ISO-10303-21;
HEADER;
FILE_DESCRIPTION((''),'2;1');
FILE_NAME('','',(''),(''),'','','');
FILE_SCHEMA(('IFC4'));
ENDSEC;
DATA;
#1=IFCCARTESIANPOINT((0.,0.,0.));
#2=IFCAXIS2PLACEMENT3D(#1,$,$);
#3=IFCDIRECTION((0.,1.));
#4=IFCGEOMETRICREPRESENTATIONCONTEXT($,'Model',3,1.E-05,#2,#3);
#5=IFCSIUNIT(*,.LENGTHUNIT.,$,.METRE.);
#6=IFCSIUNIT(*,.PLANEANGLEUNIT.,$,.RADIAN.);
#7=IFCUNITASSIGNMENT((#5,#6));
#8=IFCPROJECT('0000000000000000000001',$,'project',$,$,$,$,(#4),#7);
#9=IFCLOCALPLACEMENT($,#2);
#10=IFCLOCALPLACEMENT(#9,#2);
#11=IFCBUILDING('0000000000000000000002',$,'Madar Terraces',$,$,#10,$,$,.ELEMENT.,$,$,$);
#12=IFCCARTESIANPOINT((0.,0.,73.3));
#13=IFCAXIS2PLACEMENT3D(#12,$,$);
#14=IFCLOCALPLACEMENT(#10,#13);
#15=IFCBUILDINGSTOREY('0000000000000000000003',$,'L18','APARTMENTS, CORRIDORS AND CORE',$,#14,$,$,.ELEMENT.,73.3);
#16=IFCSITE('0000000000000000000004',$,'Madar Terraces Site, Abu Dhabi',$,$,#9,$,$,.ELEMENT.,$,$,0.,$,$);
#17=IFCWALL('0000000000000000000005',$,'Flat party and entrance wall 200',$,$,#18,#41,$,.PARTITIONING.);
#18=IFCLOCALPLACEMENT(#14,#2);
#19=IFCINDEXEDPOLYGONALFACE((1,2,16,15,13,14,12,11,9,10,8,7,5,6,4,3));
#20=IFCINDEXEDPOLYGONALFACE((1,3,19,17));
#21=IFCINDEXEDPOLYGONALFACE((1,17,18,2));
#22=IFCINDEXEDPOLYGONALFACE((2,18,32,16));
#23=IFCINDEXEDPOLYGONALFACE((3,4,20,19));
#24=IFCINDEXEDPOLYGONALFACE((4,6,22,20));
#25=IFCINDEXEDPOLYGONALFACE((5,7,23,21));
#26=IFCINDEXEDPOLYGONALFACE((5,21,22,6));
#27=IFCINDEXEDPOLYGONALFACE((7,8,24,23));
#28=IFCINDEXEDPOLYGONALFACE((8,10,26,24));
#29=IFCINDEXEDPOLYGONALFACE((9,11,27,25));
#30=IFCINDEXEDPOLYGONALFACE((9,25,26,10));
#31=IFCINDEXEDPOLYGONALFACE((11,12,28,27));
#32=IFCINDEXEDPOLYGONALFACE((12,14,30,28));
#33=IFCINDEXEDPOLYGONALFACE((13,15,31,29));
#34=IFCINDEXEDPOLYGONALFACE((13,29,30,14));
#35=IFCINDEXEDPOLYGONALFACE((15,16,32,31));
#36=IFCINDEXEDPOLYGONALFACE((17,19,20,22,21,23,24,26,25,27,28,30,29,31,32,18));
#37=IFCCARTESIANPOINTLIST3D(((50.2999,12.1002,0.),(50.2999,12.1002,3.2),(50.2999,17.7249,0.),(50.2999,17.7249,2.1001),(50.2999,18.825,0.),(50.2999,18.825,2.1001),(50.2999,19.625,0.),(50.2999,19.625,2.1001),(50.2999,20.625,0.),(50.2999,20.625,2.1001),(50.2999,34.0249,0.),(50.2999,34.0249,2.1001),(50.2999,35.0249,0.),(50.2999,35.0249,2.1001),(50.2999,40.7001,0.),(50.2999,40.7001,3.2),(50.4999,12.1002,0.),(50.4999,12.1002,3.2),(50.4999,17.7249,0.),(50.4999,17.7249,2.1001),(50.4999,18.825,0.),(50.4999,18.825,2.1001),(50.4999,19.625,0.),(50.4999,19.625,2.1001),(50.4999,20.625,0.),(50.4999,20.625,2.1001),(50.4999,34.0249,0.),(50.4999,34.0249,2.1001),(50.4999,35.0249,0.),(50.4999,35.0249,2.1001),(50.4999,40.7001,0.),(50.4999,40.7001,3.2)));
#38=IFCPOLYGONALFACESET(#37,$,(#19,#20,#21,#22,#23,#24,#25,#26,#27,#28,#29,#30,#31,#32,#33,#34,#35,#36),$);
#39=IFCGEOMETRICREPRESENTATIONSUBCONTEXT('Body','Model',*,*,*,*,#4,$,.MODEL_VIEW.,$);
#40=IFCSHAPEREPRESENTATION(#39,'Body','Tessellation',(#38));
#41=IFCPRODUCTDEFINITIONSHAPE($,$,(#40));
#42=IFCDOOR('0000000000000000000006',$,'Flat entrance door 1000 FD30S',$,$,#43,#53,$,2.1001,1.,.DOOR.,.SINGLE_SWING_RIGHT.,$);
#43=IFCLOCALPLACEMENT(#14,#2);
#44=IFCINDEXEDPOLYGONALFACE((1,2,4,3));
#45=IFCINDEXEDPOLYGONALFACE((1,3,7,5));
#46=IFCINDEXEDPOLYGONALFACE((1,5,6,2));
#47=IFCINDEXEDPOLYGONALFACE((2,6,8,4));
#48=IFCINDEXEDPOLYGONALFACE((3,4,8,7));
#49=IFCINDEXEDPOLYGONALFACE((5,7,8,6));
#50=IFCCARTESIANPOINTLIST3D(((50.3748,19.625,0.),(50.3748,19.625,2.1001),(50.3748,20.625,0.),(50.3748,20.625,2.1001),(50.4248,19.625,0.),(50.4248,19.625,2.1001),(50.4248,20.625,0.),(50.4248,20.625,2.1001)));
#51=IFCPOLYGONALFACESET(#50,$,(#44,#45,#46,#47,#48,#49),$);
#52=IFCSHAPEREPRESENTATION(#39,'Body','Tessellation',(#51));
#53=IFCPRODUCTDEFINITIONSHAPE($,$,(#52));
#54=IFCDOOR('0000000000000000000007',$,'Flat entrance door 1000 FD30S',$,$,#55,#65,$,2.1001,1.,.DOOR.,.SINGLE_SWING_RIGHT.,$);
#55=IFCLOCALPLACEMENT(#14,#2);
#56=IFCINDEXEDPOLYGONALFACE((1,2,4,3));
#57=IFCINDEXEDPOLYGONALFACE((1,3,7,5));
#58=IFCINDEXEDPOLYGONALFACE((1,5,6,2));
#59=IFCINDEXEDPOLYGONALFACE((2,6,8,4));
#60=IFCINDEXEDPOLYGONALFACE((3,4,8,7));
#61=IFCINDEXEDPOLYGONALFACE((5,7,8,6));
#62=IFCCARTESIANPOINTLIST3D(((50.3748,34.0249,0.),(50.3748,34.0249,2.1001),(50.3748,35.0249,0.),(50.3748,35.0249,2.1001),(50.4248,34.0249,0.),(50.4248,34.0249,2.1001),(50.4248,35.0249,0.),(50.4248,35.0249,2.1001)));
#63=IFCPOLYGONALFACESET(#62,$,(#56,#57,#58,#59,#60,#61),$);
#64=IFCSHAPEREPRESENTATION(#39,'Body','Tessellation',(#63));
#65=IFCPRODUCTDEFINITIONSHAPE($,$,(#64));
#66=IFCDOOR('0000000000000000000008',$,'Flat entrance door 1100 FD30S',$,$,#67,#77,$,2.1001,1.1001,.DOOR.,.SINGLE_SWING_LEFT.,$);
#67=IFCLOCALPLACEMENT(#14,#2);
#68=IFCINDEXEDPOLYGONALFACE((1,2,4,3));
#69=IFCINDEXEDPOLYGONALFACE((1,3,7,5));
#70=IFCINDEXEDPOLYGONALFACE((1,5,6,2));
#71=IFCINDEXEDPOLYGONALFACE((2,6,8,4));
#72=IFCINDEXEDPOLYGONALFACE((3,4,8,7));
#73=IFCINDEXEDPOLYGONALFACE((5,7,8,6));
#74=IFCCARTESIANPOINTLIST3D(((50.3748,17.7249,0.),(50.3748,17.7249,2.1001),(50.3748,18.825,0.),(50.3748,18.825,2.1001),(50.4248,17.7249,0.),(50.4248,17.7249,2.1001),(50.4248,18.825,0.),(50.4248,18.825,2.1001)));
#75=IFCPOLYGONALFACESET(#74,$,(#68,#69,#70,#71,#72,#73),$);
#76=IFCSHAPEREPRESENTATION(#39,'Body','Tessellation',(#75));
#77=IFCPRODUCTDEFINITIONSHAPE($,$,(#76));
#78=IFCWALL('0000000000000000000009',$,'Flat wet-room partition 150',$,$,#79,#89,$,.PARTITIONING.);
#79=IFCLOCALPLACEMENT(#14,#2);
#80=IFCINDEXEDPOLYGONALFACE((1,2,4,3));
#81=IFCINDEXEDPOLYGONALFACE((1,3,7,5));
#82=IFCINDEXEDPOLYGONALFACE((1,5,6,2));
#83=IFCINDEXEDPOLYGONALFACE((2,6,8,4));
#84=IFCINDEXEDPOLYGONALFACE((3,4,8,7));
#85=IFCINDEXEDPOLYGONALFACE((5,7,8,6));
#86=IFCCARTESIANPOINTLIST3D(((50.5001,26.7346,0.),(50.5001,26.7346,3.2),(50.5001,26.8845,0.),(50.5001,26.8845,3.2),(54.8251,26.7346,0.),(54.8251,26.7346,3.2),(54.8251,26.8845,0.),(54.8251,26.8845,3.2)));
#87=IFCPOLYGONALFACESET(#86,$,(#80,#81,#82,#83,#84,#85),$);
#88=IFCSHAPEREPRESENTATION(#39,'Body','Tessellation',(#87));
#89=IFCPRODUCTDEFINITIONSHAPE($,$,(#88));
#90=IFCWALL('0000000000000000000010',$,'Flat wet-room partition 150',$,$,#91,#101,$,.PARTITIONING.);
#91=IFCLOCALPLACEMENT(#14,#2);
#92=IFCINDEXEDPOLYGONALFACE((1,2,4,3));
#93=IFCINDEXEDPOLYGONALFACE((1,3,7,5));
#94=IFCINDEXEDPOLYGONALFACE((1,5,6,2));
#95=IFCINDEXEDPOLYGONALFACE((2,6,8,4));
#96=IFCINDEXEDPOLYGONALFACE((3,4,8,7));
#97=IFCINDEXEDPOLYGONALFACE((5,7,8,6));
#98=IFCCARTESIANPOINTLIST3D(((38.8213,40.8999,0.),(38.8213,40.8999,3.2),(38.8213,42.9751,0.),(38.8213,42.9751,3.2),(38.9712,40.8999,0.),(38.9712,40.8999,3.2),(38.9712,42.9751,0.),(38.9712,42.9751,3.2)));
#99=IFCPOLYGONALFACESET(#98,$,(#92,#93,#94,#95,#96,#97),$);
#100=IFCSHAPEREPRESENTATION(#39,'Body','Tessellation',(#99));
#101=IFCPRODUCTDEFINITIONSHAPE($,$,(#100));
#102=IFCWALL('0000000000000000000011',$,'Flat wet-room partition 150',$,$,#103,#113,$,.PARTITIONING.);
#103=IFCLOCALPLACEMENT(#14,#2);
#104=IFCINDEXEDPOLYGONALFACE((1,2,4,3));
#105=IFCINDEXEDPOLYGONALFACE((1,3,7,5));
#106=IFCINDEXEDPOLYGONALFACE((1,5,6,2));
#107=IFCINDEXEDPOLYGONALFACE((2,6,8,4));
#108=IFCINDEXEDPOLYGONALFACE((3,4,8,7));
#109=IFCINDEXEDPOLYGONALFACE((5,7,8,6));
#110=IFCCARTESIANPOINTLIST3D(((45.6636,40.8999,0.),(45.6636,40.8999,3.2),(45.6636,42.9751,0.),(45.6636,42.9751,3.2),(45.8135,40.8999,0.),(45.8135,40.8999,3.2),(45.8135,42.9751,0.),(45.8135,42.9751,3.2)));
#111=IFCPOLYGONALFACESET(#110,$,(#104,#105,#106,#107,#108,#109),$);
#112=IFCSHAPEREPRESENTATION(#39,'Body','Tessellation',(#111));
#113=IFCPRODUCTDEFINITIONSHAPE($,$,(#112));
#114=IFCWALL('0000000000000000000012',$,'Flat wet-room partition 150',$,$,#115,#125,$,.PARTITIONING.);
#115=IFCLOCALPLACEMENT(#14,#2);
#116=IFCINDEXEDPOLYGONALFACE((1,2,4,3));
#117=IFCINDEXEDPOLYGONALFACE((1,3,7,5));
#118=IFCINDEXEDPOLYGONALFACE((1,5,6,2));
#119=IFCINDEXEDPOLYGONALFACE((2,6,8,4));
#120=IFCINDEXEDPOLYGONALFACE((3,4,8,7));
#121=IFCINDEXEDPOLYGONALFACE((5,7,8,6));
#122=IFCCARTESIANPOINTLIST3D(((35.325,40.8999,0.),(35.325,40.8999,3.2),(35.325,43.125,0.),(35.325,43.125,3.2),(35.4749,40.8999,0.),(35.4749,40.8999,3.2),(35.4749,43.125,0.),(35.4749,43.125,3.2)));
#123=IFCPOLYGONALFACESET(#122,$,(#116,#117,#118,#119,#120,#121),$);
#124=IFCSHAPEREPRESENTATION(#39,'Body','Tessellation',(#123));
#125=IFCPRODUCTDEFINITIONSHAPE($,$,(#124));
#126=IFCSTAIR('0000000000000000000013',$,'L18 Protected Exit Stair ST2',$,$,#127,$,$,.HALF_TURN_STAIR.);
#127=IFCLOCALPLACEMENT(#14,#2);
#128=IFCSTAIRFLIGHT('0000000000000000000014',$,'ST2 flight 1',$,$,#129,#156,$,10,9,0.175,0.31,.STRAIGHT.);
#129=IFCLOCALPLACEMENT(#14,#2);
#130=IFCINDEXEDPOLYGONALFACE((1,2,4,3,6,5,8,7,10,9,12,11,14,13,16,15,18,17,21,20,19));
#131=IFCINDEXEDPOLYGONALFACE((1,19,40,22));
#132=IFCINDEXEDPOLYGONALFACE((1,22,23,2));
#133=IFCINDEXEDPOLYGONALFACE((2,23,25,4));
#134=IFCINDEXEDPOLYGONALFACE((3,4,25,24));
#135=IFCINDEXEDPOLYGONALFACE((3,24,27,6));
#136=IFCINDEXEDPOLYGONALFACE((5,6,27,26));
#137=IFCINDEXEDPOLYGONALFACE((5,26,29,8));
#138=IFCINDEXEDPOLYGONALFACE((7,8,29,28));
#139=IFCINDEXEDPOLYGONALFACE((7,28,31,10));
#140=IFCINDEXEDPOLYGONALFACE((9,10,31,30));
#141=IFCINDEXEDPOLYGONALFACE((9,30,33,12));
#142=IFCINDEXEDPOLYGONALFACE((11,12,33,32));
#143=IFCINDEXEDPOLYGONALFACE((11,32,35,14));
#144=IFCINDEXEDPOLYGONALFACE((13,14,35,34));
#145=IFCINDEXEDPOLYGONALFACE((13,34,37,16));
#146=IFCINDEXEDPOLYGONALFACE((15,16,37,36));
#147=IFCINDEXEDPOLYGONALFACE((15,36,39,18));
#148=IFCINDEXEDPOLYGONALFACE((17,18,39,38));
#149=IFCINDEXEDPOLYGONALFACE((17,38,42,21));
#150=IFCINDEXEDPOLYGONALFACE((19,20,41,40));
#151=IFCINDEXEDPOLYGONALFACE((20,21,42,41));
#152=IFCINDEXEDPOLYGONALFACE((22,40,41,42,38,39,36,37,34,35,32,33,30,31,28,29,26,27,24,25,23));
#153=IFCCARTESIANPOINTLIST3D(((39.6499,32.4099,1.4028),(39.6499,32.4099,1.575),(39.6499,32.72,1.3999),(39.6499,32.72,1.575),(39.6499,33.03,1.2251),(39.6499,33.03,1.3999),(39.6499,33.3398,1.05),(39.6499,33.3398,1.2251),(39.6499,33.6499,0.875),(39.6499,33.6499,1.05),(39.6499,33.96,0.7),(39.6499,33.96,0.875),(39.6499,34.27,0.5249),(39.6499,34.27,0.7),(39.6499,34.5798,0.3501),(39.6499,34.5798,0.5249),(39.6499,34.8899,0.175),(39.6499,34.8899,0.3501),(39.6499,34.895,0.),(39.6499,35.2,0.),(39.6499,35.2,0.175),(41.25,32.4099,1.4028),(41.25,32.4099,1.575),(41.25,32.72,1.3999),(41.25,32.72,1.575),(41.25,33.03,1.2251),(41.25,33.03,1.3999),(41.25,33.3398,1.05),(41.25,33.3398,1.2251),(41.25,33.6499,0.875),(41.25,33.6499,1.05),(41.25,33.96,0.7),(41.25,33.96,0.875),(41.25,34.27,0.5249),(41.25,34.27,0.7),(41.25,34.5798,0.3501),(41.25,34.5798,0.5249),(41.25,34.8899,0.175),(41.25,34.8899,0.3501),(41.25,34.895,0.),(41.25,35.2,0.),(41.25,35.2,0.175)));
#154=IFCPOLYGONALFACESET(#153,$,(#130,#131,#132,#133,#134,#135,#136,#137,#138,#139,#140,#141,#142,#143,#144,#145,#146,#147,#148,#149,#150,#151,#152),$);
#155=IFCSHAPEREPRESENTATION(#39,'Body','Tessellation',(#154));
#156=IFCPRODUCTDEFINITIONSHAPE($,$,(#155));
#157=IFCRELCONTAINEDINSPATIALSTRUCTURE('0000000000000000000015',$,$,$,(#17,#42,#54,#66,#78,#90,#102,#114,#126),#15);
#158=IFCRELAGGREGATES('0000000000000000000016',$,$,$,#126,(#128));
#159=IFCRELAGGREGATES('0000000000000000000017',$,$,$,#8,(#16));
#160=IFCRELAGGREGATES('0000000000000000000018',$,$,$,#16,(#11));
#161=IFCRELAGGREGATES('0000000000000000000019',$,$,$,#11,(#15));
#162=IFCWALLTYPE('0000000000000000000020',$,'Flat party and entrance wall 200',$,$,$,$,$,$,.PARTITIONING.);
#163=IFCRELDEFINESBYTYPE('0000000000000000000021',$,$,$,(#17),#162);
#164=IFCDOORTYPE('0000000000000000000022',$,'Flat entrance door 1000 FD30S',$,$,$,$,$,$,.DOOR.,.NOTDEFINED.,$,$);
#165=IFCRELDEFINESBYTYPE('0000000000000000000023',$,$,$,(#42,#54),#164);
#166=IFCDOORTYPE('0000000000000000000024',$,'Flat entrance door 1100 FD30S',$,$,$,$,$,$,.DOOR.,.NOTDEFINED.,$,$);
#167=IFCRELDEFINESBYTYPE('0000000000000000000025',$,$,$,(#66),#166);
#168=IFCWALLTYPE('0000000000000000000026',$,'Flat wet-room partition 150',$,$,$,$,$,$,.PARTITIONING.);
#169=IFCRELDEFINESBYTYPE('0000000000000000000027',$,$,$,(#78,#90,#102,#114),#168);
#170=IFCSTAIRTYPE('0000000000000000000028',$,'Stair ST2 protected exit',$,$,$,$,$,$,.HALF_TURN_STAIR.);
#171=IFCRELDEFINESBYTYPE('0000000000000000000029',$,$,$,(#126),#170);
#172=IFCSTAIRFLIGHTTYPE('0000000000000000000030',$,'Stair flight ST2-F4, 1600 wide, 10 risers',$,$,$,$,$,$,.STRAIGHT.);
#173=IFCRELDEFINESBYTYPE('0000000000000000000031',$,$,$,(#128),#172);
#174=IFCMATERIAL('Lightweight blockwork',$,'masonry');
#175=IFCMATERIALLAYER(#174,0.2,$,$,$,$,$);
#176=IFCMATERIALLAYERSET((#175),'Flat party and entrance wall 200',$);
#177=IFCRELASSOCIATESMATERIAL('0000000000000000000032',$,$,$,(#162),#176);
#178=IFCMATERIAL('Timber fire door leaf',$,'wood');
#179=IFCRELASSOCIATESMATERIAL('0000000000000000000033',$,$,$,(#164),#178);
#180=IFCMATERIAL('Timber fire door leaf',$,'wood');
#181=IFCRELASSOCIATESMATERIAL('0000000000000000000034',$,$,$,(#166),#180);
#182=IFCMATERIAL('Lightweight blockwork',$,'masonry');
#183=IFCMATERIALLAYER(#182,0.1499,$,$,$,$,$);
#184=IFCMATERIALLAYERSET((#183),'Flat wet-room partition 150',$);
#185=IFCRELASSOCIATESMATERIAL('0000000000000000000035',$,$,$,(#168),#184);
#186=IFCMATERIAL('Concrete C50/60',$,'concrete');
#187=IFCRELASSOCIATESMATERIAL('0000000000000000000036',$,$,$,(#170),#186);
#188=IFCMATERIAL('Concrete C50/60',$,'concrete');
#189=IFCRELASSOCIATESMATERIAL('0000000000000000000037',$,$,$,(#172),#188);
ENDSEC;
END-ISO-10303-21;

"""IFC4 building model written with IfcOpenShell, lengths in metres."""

from ifc_helpers import new_model, si_unit, direction, frame, frame_2d, origin, place, context, subcontext, project, spatial, polyline, rectangle, outline, extrude, material, layer, layer_set, type_object, element, fill, aggregate, save


model = new_model("IFC4")

# Units and contexts
model_context = context("Model", 3, precision=1e-05, world=origin(), true_north=direction((0.0, 1.0)))
body_context = subcontext(model_context, "Body", "Model", "MODEL_VIEW")
ifc_project = project(units=[si_unit("LENGTHUNIT", "METRE"), si_unit("PLANEANGLEUNIT", "RADIAN")], contexts=[model_context])

# Site, building, storey
site_placement = place(None, origin())
site = spatial("IfcSite", under=ifc_project, at=site_placement, Name="Madar Terraces Site, Abu Dhabi", CompositionType="ELEMENT", RefElevation=0.0)
building_placement = place(site_placement, origin())
building = spatial("IfcBuilding", under=site, at=building_placement, Name="Madar Terraces", CompositionType="ELEMENT")
storey_placement = place(building_placement, frame((0.0, 0.0, 73.3)))
storey = spatial("IfcBuildingStorey", under=building, at=storey_placement, Name="L18", Description="APARTMENTS, CORRIDORS AND CORE", CompositionType="ELEMENT", Elevation=73.3)

# Wall, openings, doors
ifc_material_1 = material(Name="Lightweight blockwork", Category="masonry")
ifc_layer_1 = layer(ifc_material_1, 0.2)
ifc_layer_set_1 = layer_set([ifc_layer_1], Name="Flat party and entrance wall 200")
wall_type_1 = type_object("IfcWallType", Name="Flat party and entrance wall 200", PredefinedType="PARTITIONING", material=ifc_layer_set_1)
wall_1_placement = place(storey_placement, frame((50.3999, 40.7, 0.0), z_axis=(0.0, 0.0, 1.0), x_axis=(0.0, -1.0, 0.0)))
wall_1 = element("IfcWall", 1, at=wall_1_placement, inside=storey, type_object=wall_type_1, Name="Flat party and entrance wall 200", PredefinedType="PARTITIONING", context=body_context, shape_type="SweptSolid", body=[
    extrude(rectangle(XDim=28.5999, YDim=0.2, at=frame_2d((14.2998, 0.0))), origin(), (0.0, 0.0, 1.0), 3.2),
])
opening_1_placement = place(wall_1_placement, frame((21.875, 0.0, 0.0)))
opening_1 = element("IfcOpeningElement", 2, at=opening_1_placement, cuts=wall_1, PredefinedType="OPENING", context=body_context, shape_type="SweptSolid", body=[
    extrude(rectangle(XDim=1.1001, YDim=2.1001, at=frame_2d((0.55, 1.05))), frame((0.0, 0.1099, 0.0), z_axis=(0.0, -1.0, 0.0), x_axis=(1.0, 0.0, 0.0)), (0.0, 0.0, 1.0), 0.22),
])
opening_2_placement = place(wall_1_placement, frame((20.075, 0.0, 0.0)))
opening_2 = element("IfcOpeningElement", 3, at=opening_2_placement, cuts=wall_1, PredefinedType="OPENING", context=body_context, shape_type="SweptSolid", body=[
    extrude(rectangle(XDim=1.0, YDim=2.1001, at=frame_2d((0.5, 1.05))), frame((0.0, 0.1099, 0.0), z_axis=(0.0, -1.0, 0.0), x_axis=(1.0, 0.0, 0.0)), (0.0, 0.0, 1.0), 0.22),
])
opening_3_placement = place(wall_1_placement, frame((5.675, 0.0, 0.0)))
opening_3 = element("IfcOpeningElement", 4, at=opening_3_placement, cuts=wall_1, PredefinedType="OPENING", context=body_context, shape_type="SweptSolid", body=[
    extrude(rectangle(XDim=1.0, YDim=2.1001, at=frame_2d((0.5, 1.05))), frame((0.0, 0.1099, 0.0), z_axis=(0.0, -1.0, 0.0), x_axis=(1.0, 0.0, 0.0)), (0.0, 0.0, 1.0), 0.22),
])
ifc_material_2 = material(Name="Timber fire door leaf", Category="wood")
door_type_1 = type_object("IfcDoorType", Name="Flat entrance door 1000 FD30S", OperationType="NOTDEFINED", PredefinedType="DOOR", material=ifc_material_2)
door_1_placement = place(opening_2_placement, origin())
door_1 = element("IfcDoor", 5, at=door_1_placement, inside=storey, type_object=door_type_1, Name="Flat entrance door 1000 FD30S", OperationType="SINGLE_SWING_RIGHT", OverallHeight=2.1001, OverallWidth=1.0, PredefinedType="DOOR", context=body_context, shape_type="SweptSolid", body=[
    extrude(rectangle(XDim=1.0, YDim=2.1001, at=frame_2d((0.5, 1.05))), frame((0.0, 0.0249, 0.0), z_axis=(0.0, -1.0, 0.0), x_axis=(1.0, 0.0, 0.0)), (0.0, 0.0, 1.0), 0.05),
])
fill(opening_2, door_1)
door_2_placement = place(opening_3_placement, origin())
door_2 = element("IfcDoor", 6, at=door_2_placement, inside=storey, type_object=door_type_1, Name="Flat entrance door 1000 FD30S", OperationType="SINGLE_SWING_RIGHT", OverallHeight=2.1001, OverallWidth=1.0, PredefinedType="DOOR", context=body_context, shape_type="SweptSolid", body=[
    extrude(rectangle(XDim=1.0, YDim=2.1001, at=frame_2d((0.5, 1.05))), frame((0.0, 0.0249, 0.0), z_axis=(0.0, -1.0, 0.0), x_axis=(1.0, 0.0, 0.0)), (0.0, 0.0, 1.0), 0.05),
])
fill(opening_3, door_2)
ifc_material_3 = material(Name="Timber fire door leaf", Category="wood")
door_type_2 = type_object("IfcDoorType", Name="Flat entrance door 1100 FD30S", OperationType="NOTDEFINED", PredefinedType="DOOR", material=ifc_material_3)
door_3_placement = place(opening_1_placement, origin())
door_3 = element("IfcDoor", 7, at=door_3_placement, inside=storey, type_object=door_type_2, Name="Flat entrance door 1100 FD30S", OperationType="SINGLE_SWING_LEFT", OverallHeight=2.1001, OverallWidth=1.1001, PredefinedType="DOOR", context=body_context, shape_type="SweptSolid", body=[
    extrude(rectangle(XDim=1.1001, YDim=2.1001, at=frame_2d((0.55, 1.05))), frame((0.0, 0.0249, 0.0), z_axis=(0.0, -1.0, 0.0), x_axis=(1.0, 0.0, 0.0)), (0.0, 0.0, 1.0), 0.05),
])
fill(opening_1, door_3)

# Walls
ifc_material_4 = material(Name="Lightweight blockwork", Category="masonry")
ifc_layer_2 = layer(ifc_material_4, 0.1499)
ifc_layer_set_2 = layer_set([ifc_layer_2], Name="Flat wet-room partition 150")
wall_type_2 = type_object("IfcWallType", Name="Flat wet-room partition 150", PredefinedType="PARTITIONING", material=ifc_layer_set_2)
wall_2_placement = place(storey_placement, frame((50.5, 26.8096, 0.0), z_axis=(0.0, 0.0, 1.0), x_axis=(1.0, 0.0, 0.0)))
element("IfcWall", 8, at=wall_2_placement, inside=storey, type_object=wall_type_2, Name="Flat wet-room partition 150", PredefinedType="PARTITIONING", context=body_context, shape_type="SweptSolid", body=[
    extrude(rectangle(XDim=4.325, YDim=0.1499, at=frame_2d((2.1626, 0.0))), origin(), (0.0, 0.0, 1.0), 3.2),
])
for number, where, z_axis, x_axis, name in (
    (9, (38.8962, 40.8999, 0.0), (0.0, 0.0, 1.0), (0.0, 1.0, 0.0), "Flat wet-room partition 150"),
    (10, (45.7385, 40.8999, 0.0), (0.0, 0.0, 1.0), (0.0, 1.0, 0.0), "Flat wet-room partition 150"),
):
    element("IfcWall", number, at=place(storey_placement, frame(where, z_axis=z_axis, x_axis=x_axis)), inside=storey, type_object=wall_type_2, Name=name, PredefinedType="PARTITIONING", context=body_context, shape_type="SweptSolid", body=[
        extrude(rectangle(XDim=2.0752, YDim=0.1499, at=frame_2d((1.0376, 0.0))), origin(), (0.0, 0.0, 1.0), 3.2),
    ])
wall_3_placement = place(storey_placement, frame((35.3999, 40.8999, 0.0), z_axis=(0.0, 0.0, 1.0), x_axis=(0.0, 1.0, 0.0)))
element("IfcWall", 11, at=wall_3_placement, inside=storey, type_object=wall_type_2, Name="Flat wet-room partition 150", PredefinedType="PARTITIONING", context=body_context, shape_type="SweptSolid", body=[
    extrude(rectangle(XDim=2.2251, YDim=0.1499, at=frame_2d((1.1125, 0.0))), origin(), (0.0, 0.0, 1.0), 3.2),
])

# Stair, stair flight
ifc_material_5 = material(Name="Concrete C50/60", Category="concrete")
stair_type = type_object("IfcStairType", Name="Stair ST2 protected exit", PredefinedType="HALF_TURN_STAIR", material=ifc_material_5)
stair_placement = place(storey_placement, origin())
stair = element("IfcStair", 12, at=stair_placement, inside=storey, type_object=stair_type, Name="L18 Protected Exit Stair ST2", PredefinedType="HALF_TURN_STAIR")
ifc_material_6 = material(Name="Concrete C50/60", Category="concrete")
stair_flight_type = type_object("IfcStairFlightType", Name="Stair flight ST2-F4, 1600 wide, 10 risers", PredefinedType="STRAIGHT", material=ifc_material_6)
stair_flight_1_placement = place(storey_placement, frame((40.45, 35.2, 0.0), z_axis=(0.0, 0.0, 1.0), x_axis=(0.0, -1.0, 0.0)))
stair_flight_1 = element("IfcStairFlight", 13, at=stair_flight_1_placement, type_object=stair_flight_type, Name="ST2 flight 1", NumberOfRisers=10, NumberOfTreads=9, PredefinedType="STRAIGHT", RiserHeight=0.175, TreadLength=0.31, context=body_context, shape_type="SweptSolid", body=[
    extrude(outline(polyline([(0.0, 0.0), (0.0, 0.175), (0.3101, 0.175), (0.3101, 0.3501), (0.6201, 0.3501), (0.6201, 0.5249), (0.9299, 0.5249), (0.9299, 0.7), (1.24, 0.7), (1.24, 0.875), (1.55, 0.875), (1.55, 1.05), (1.8601, 1.05), (1.8601, 1.2251), (2.1699, 1.2251), (2.1699, 1.3999), (2.48, 1.3999), (2.48, 1.575), (2.79, 1.575), (2.79, 1.75), (2.79, 1.4028), (0.3049, 0.0), (0.0, 0.0)])), frame((0.0, 0.8, 0.0), z_axis=(0.0, -1.0, 0.0), x_axis=(1.0, 0.0, 0.0)), (0.0, 0.0, 1.0), 1.6001),
])
aggregate(stair, [stair_flight_1])

save(model, "model.ifc")
